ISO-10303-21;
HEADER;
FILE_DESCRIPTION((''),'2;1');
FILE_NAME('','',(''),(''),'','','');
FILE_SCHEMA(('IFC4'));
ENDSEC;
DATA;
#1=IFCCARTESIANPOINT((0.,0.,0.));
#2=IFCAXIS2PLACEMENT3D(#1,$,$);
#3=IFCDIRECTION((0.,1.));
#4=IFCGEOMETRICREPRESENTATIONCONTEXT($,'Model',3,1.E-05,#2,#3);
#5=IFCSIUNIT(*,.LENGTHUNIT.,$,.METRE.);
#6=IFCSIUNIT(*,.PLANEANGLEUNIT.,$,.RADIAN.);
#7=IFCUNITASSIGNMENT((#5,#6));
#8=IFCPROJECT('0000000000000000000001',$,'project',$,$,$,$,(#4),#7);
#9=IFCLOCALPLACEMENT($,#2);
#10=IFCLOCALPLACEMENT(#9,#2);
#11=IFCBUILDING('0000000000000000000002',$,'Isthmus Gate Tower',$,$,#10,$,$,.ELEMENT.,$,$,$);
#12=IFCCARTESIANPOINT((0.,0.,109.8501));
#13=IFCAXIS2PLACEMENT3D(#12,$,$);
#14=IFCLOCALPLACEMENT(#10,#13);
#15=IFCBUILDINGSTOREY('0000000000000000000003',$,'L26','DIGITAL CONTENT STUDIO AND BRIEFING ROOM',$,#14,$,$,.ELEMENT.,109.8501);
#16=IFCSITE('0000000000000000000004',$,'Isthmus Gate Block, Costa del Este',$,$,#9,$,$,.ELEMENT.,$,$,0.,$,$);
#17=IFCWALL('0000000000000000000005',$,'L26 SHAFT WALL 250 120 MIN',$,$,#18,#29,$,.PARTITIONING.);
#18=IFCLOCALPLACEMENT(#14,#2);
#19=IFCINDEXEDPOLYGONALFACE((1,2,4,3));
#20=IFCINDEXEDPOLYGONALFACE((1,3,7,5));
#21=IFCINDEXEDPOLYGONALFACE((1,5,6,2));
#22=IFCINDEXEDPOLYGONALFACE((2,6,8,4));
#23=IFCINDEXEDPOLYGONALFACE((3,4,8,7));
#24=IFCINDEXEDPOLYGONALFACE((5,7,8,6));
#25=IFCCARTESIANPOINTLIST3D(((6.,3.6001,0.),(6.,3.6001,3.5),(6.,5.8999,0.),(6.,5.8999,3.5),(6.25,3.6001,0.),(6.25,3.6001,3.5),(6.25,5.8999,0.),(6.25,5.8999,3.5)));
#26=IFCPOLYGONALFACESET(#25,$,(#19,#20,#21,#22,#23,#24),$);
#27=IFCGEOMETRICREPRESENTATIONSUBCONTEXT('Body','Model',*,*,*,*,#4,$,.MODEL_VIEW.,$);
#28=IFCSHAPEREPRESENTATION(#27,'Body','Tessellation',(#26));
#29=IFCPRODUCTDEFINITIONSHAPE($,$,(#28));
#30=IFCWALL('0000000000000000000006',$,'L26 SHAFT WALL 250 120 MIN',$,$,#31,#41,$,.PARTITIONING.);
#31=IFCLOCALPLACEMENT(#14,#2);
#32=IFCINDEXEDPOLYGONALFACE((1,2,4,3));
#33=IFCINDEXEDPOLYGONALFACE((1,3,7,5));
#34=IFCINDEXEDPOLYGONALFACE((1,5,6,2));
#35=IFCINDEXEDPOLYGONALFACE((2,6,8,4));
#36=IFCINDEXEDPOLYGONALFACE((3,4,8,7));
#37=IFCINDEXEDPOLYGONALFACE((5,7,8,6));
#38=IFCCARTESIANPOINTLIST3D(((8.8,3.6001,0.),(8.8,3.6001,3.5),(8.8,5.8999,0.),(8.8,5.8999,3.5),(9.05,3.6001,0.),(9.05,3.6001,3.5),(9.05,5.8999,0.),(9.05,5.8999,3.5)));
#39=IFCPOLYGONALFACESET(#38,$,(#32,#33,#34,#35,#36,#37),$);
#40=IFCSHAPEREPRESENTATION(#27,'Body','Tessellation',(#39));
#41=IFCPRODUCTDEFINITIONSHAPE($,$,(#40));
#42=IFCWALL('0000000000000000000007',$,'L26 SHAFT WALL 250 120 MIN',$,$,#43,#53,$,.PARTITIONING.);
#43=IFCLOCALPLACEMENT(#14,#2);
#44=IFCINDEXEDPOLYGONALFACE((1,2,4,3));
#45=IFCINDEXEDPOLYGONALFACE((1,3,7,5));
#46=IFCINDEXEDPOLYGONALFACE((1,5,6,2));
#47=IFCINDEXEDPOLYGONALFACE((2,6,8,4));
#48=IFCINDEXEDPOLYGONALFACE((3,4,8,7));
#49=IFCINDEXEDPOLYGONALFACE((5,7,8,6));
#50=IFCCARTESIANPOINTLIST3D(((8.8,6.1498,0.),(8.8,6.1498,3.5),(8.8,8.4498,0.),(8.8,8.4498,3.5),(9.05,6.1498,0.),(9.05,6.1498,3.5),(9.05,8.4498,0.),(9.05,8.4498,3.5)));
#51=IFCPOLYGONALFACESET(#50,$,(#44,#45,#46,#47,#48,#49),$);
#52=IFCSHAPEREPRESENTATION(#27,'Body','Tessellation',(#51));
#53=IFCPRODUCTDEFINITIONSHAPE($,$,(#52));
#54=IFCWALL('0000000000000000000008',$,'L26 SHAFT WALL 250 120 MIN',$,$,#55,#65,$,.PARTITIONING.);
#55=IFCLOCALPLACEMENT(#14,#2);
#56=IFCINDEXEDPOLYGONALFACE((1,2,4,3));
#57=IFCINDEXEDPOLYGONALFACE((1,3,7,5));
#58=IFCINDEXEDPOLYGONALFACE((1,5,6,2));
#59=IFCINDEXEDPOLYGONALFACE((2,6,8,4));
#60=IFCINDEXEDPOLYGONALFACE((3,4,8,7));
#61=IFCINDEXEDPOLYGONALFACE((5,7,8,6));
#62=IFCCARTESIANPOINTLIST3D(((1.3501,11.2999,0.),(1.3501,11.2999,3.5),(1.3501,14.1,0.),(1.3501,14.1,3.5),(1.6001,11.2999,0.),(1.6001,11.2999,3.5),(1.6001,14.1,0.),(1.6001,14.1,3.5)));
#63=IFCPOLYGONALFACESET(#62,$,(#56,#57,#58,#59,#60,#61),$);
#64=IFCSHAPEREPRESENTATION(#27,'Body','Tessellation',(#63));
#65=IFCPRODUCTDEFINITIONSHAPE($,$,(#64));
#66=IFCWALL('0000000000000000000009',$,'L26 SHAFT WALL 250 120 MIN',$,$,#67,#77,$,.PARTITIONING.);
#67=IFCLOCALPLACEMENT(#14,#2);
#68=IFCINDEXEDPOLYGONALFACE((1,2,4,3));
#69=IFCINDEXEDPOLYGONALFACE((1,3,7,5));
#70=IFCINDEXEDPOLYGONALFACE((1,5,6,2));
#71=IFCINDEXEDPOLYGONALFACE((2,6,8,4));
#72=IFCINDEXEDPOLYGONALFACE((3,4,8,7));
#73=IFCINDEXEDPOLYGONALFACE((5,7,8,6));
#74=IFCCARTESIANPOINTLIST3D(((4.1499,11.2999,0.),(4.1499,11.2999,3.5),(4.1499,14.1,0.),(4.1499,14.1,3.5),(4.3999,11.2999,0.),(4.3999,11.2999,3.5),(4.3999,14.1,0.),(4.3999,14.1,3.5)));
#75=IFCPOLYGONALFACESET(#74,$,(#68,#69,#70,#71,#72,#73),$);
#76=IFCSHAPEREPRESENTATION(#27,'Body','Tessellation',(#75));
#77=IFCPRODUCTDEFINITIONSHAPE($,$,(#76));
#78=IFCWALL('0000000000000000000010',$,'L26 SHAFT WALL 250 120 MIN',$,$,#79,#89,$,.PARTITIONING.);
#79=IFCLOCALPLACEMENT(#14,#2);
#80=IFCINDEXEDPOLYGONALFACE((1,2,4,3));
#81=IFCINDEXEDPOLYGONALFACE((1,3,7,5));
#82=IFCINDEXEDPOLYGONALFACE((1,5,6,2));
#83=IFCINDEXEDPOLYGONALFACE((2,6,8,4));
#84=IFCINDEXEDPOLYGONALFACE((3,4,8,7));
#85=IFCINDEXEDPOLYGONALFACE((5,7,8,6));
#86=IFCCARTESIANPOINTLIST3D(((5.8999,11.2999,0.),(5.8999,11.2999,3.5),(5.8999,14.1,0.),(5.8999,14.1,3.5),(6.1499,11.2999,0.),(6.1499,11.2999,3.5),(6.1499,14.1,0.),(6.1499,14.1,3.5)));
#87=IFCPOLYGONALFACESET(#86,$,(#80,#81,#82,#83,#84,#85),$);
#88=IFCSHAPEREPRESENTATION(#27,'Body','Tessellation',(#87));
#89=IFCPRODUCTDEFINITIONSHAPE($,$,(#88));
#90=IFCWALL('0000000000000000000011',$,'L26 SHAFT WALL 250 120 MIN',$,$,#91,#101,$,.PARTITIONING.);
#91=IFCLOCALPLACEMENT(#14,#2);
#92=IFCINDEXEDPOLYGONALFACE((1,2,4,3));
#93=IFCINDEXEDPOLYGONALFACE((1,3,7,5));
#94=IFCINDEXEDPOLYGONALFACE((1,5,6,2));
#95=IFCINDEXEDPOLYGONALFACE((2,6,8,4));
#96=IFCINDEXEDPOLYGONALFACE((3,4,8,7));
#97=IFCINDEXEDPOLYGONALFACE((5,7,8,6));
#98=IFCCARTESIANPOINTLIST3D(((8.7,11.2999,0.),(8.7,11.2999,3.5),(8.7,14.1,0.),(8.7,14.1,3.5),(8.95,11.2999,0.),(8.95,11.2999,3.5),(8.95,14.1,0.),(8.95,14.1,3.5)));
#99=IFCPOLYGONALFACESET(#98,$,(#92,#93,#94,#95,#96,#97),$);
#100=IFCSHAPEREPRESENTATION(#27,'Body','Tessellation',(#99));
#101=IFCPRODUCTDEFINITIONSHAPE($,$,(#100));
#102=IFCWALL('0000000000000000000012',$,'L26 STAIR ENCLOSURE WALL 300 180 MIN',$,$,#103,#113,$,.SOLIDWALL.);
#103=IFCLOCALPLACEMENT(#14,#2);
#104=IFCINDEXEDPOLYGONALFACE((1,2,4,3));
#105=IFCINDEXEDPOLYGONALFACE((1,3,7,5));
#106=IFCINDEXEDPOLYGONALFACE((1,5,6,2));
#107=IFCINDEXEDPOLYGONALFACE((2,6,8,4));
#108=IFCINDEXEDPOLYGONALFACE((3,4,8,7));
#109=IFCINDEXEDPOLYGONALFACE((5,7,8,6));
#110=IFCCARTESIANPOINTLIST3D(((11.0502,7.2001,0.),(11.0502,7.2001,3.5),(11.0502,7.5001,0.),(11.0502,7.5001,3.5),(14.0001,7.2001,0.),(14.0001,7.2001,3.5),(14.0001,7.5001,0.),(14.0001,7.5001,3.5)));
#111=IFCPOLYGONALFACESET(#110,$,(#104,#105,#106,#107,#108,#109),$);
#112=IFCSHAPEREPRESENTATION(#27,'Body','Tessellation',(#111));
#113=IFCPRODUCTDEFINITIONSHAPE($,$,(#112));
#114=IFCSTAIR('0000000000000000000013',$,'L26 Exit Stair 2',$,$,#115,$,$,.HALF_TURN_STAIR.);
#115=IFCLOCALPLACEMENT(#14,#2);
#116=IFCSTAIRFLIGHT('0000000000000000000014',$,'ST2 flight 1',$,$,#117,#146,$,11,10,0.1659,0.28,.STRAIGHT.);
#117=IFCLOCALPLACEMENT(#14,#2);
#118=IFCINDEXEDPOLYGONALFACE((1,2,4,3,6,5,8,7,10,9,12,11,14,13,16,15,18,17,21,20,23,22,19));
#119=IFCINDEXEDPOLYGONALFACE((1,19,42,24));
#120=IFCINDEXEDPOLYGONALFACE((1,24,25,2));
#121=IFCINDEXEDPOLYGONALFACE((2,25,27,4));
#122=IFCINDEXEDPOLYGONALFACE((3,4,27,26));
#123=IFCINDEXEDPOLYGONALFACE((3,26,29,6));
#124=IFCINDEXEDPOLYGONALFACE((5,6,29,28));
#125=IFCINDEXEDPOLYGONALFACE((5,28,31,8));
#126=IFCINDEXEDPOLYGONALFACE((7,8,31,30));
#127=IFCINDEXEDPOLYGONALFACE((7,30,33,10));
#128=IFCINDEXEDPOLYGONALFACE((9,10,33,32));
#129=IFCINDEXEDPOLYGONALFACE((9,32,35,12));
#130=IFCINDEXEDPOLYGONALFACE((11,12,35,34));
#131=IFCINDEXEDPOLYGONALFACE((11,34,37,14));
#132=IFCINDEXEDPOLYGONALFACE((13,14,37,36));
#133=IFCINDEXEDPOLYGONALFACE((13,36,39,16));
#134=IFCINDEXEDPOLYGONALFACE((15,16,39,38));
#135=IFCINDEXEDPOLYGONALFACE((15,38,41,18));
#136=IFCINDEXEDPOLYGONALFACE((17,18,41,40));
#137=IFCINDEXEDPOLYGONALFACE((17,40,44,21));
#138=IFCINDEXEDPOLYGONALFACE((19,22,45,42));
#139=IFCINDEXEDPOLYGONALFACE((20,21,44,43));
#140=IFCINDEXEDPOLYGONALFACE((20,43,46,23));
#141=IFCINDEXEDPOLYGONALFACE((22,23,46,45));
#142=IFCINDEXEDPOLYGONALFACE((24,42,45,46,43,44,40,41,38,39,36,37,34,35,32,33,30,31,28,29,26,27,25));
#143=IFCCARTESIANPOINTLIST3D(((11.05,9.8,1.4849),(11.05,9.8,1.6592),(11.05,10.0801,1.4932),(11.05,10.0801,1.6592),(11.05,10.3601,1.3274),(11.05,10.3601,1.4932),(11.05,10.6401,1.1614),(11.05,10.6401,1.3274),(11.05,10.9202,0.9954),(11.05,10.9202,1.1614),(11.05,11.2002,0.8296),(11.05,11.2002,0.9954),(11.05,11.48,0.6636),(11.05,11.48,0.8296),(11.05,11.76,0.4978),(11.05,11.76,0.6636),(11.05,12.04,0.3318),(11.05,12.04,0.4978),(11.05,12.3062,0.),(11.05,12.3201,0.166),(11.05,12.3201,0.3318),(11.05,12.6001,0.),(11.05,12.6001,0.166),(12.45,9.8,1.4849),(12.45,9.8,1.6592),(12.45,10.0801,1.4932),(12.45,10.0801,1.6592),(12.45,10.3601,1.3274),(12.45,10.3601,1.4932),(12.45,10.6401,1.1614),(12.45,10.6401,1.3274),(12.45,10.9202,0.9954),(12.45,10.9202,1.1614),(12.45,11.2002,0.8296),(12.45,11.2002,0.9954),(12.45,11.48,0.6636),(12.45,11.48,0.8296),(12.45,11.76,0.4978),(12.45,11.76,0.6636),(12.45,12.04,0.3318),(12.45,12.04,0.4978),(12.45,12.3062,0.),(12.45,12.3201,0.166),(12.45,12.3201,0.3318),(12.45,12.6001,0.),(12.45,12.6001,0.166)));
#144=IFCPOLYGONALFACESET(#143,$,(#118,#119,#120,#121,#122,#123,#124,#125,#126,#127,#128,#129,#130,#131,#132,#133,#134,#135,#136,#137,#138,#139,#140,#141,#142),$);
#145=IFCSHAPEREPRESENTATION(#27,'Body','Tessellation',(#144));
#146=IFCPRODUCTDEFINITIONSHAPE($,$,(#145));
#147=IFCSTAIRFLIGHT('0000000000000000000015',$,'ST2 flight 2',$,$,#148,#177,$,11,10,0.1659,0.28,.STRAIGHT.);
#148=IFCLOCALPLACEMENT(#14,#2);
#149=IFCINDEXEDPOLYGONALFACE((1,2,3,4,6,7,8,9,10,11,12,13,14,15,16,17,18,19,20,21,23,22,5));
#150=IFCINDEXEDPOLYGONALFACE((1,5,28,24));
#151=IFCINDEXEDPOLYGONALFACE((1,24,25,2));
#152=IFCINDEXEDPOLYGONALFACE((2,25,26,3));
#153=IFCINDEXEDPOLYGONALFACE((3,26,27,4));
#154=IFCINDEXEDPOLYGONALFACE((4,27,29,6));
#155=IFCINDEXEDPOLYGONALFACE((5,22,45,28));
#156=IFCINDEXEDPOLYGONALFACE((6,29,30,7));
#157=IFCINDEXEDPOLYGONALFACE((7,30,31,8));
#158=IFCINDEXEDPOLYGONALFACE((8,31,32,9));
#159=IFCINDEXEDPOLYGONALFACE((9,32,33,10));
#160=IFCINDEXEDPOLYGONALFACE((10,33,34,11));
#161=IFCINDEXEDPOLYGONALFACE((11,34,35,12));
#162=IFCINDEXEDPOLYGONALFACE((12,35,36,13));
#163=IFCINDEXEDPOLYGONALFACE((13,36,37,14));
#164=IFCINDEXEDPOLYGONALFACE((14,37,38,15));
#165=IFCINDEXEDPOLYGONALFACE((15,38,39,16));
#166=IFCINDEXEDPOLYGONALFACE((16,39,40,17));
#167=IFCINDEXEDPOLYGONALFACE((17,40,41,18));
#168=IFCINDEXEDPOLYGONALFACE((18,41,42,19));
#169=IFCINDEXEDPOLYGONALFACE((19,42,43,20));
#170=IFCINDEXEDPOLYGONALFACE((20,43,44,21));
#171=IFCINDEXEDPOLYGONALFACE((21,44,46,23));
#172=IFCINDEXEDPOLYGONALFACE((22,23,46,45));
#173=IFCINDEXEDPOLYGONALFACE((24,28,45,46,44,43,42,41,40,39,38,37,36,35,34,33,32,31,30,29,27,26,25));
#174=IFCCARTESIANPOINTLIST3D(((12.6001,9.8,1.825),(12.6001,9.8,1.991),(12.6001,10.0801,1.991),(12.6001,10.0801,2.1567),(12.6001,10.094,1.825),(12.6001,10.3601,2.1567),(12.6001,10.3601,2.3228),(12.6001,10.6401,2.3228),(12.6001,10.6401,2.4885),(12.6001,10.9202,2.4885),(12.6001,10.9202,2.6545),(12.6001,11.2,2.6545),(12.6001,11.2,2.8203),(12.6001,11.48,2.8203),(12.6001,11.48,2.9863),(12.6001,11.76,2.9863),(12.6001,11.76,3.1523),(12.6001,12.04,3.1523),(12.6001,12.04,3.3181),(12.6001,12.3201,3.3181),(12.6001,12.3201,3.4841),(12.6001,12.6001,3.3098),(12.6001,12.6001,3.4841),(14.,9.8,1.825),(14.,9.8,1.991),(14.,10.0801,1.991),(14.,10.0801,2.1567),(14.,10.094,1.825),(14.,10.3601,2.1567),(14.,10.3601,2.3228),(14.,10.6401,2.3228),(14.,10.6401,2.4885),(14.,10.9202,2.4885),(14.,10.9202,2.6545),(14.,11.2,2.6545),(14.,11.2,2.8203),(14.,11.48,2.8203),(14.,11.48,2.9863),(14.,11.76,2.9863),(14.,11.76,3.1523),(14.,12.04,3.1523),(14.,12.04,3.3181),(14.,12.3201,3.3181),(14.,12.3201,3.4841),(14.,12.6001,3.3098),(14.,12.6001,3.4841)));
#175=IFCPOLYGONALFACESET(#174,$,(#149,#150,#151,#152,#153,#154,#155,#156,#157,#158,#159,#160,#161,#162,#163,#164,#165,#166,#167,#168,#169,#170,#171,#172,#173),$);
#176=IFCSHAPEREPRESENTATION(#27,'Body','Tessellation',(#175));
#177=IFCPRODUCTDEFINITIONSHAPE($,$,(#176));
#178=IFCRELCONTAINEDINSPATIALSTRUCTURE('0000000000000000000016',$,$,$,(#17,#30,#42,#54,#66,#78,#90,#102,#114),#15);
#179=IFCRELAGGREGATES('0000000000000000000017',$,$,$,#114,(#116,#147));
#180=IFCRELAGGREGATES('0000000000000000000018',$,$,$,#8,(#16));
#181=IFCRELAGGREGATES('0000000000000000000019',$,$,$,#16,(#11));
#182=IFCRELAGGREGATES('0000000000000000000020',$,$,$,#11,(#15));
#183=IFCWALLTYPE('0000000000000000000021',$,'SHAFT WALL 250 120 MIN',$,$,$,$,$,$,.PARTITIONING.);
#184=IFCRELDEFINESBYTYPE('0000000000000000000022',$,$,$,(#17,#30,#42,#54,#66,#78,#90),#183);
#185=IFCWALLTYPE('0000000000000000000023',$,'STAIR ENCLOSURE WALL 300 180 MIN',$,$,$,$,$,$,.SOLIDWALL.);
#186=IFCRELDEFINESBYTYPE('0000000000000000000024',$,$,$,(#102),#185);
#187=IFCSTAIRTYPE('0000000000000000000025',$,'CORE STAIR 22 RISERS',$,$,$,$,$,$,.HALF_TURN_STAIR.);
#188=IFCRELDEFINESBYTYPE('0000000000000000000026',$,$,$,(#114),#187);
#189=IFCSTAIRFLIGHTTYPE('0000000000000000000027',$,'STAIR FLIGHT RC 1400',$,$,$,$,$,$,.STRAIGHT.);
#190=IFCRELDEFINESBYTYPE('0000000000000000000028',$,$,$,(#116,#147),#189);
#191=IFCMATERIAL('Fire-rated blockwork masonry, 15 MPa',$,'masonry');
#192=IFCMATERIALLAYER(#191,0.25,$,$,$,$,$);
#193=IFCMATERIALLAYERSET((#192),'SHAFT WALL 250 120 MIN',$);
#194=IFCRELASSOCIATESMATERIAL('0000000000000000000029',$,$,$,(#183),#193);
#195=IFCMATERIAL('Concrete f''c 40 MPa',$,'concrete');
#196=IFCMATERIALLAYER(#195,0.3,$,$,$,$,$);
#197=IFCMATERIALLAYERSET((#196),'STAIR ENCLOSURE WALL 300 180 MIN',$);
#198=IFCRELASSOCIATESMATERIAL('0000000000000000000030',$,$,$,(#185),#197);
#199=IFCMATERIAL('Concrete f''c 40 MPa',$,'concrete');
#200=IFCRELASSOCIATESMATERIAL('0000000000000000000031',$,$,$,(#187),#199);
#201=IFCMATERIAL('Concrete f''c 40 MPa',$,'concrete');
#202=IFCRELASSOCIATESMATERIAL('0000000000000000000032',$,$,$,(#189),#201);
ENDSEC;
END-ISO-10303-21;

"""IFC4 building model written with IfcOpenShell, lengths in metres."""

from ifc_helpers import new_model, si_unit, direction, frame, frame_2d, origin, place, context, subcontext, project, spatial, polyline, rectangle, outline, extrude, material, layer, layer_set, type_object, element, aggregate, save


model = new_model("IFC4")

# Units and contexts
model_context = context("Model", 3, precision=1e-05, world=origin(), true_north=direction((0.0, 1.0)))
body_context = subcontext(model_context, "Body", "Model", "MODEL_VIEW")
ifc_project = project(units=[si_unit("LENGTHUNIT", "METRE"), si_unit("PLANEANGLEUNIT", "RADIAN")], contexts=[model_context])

# Site, building, storey
site_placement = place(None, origin())
site = spatial("IfcSite", under=ifc_project, at=site_placement, Name="Isthmus Gate Block, Costa del Este", CompositionType="ELEMENT", RefElevation=0.0)
building_placement = place(site_placement, origin())
building = spatial("IfcBuilding", under=site, at=building_placement, Name="Isthmus Gate Tower", CompositionType="ELEMENT")
storey_placement = place(building_placement, frame((0.0, 0.0, 109.8501)))
storey = spatial("IfcBuildingStorey", under=building, at=storey_placement, Name="L26", Description="DIGITAL CONTENT STUDIO AND BRIEFING ROOM", CompositionType="ELEMENT", Elevation=109.8501)

# Walls
ifc_material_1 = material(Name="Fire-rated blockwork masonry, 15 MPa", Category="masonry")
ifc_layer_1 = layer(ifc_material_1, 0.25)
ifc_layer_set_1 = layer_set([ifc_layer_1], Name="SHAFT WALL 250 120 MIN")
wall_type_1 = type_object("IfcWallType", Name="SHAFT WALL 250 120 MIN", PredefinedType="PARTITIONING", material=ifc_layer_set_1)
for number, where, z_axis, x_axis, name in (
    (1, (6.125, 3.6001, 0.0), (0.0, 0.0, 1.0), (0.0, 1.0, 0.0), "L26 SHAFT WALL 250 120 MIN"),
    (2, (8.925, 3.6001, 0.0), (0.0, 0.0, 1.0), (0.0, 1.0, 0.0), "L26 SHAFT WALL 250 120 MIN"),
):
    element("IfcWall", number, at=place(storey_placement, frame(where, z_axis=z_axis, x_axis=x_axis)), inside=storey, type_object=wall_type_1, Name=name, PredefinedType="PARTITIONING", context=body_context, shape_type="SweptSolid", body=[
        extrude(rectangle(XDim=2.2998, YDim=0.25, at=frame_2d((1.1499, 0.0))), origin(), (0.0, 0.0, 1.0), 3.5),
    ])
wall_1_placement = place(storey_placement, frame((8.925, 6.1499, 0.0), z_axis=(0.0, 0.0, 1.0), x_axis=(0.0, 1.0, 0.0)))
element("IfcWall", 3, at=wall_1_placement, inside=storey, type_object=wall_type_1, Name="L26 SHAFT WALL 250 120 MIN", PredefinedType="PARTITIONING", context=body_context, shape_type="SweptSolid", body=[
    extrude(rectangle(XDim=2.3, YDim=0.25, at=frame_2d((1.1499, 0.0))), origin(), (0.0, 0.0, 1.0), 3.5),
])
for number, where, z_axis, x_axis, name in (
    (4, (1.4751, 11.3, 0.0), (0.0, 0.0, 1.0), (0.0, 1.0, 0.0), "L26 SHAFT WALL 250 120 MIN"),
    (5, (4.2749, 11.3, 0.0), (0.0, 0.0, 1.0), (0.0, 1.0, 0.0), "L26 SHAFT WALL 250 120 MIN"),
    (6, (6.0249, 11.3, 0.0), (0.0, 0.0, 1.0), (0.0, 1.0, 0.0), "L26 SHAFT WALL 250 120 MIN"),
    (7, (8.825, 11.3, 0.0), (0.0, 0.0, 1.0), (0.0, 1.0, 0.0), "L26 SHAFT WALL 250 120 MIN"),
):
    element("IfcWall", number, at=place(storey_placement, frame(where, z_axis=z_axis, x_axis=x_axis)), inside=storey, type_object=wall_type_1, Name=name, PredefinedType="PARTITIONING", context=body_context, shape_type="SweptSolid", body=[
        extrude(rectangle(XDim=2.8, YDim=0.25, at=frame_2d((1.3999, 0.0))), origin(), (0.0, 0.0, 1.0), 3.5),
    ])
ifc_material_2 = material(Name="Concrete f'c 40 MPa", Category="concrete")
ifc_layer_2 = layer(ifc_material_2, 0.3)
ifc_layer_set_2 = layer_set([ifc_layer_2], Name="STAIR ENCLOSURE WALL 300 180 MIN")
wall_type_2 = type_object("IfcWallType", Name="STAIR ENCLOSURE WALL 300 180 MIN", PredefinedType="SOLIDWALL", material=ifc_layer_set_2)
wall_2_placement = place(storey_placement, frame((11.05, 7.3501, 0.0), z_axis=(0.0, 0.0, 1.0), x_axis=(1.0, 0.0, 0.0)))
element("IfcWall", 8, at=wall_2_placement, inside=storey, type_object=wall_type_2, Name="L26 STAIR ENCLOSURE WALL 300 180 MIN", PredefinedType="SOLIDWALL", context=body_context, shape_type="SweptSolid", body=[
    extrude(rectangle(XDim=2.95, YDim=0.3, at=frame_2d((1.4751, 0.0))), origin(), (0.0, 0.0, 1.0), 3.5),
])

# Stair, stair flights
ifc_material_3 = material(Name="Concrete f'c 40 MPa", Category="concrete")
stair_type = type_object("IfcStairType", Name="CORE STAIR 22 RISERS", PredefinedType="HALF_TURN_STAIR", material=ifc_material_3)
stair_1_placement = place(storey_placement, origin())
stair_1 = element("IfcStair", 9, at=stair_1_placement, inside=storey, type_object=stair_type, Name="L26 Exit Stair 2", PredefinedType="HALF_TURN_STAIR")
ifc_material_4 = material(Name="Concrete f'c 40 MPa", Category="concrete")
stair_flight_type = type_object("IfcStairFlightType", Name="STAIR FLIGHT RC 1400", PredefinedType="STRAIGHT", material=ifc_material_4)
stair_flight_1_placement = place(storey_placement, frame((11.75, 12.6001, 0.0), z_axis=(0.0, 0.0, 1.0), x_axis=(0.0, -1.0, 0.0)))
stair_flight_1 = element("IfcStairFlight", 10, at=stair_flight_1_placement, type_object=stair_flight_type, Name="ST2 flight 1", NumberOfRisers=11, NumberOfTreads=10, PredefinedType="STRAIGHT", RiserHeight=0.1659, TreadLength=0.28, context=body_context, shape_type="SweptSolid", body=[
    extrude(outline(polyline([(0.0, 0.0), (0.0, 0.166), (0.28, 0.166), (0.28, 0.3318), (0.5601, 0.3318), (0.5601, 0.4978), (0.8401, 0.4978), (0.8401, 0.6636), (1.1201, 0.6636), (1.1201, 0.8296), (1.3999, 0.8296), (1.3999, 0.9954), (1.6799, 0.9954), (1.6799, 1.1614), (1.96, 1.1614), (1.96, 1.3274), (2.24, 1.3274), (2.24, 1.4932), (2.52, 1.4932), (2.52, 1.6592), (2.8, 1.6592), (2.8, 1.825), (2.8, 1.4849), (0.2939, 0.0), (0.0, 0.0)])), frame((0.0, 0.7, 0.0), z_axis=(0.0, -1.0, 0.0), x_axis=(1.0, 0.0, 0.0)), (0.0, 0.0, 1.0), 1.3999),
])
stair_flight_2_placement = place(storey_placement, frame((13.3, 9.8, 1.825), z_axis=(0.0, 0.0, 1.0), x_axis=(0.0, 1.0, 0.0)))
stair_flight_2 = element("IfcStairFlight", 11, at=stair_flight_2_placement, type_object=stair_flight_type, Name="ST2 flight 2", NumberOfRisers=11, NumberOfTreads=10, PredefinedType="STRAIGHT", RiserHeight=0.1659, TreadLength=0.28, context=body_context, shape_type="SweptSolid", body=[
    extrude(outline(polyline([(0.0, 0.0), (0.0, 0.166), (0.28, 0.166), (0.28, 0.3318), (0.5601, 0.3318), (0.5601, 0.4978), (0.8401, 0.4978), (0.8401, 0.6636), (1.1201, 0.6636), (1.1201, 0.8296), (1.3999, 0.8296), (1.3999, 0.9954), (1.6799, 0.9954), (1.6799, 1.1614), (1.96, 1.1614), (1.96, 1.3274), (2.24, 1.3274), (2.24, 1.4932), (2.52, 1.4932), (2.52, 1.6592), (2.8, 1.6592), (2.8, 1.825), (2.8, 1.4849), (0.2939, 0.0), (0.0, 0.0)])), frame((0.0, 0.7, 0.0), z_axis=(0.0, -1.0, 0.0), x_axis=(1.0, 0.0, 0.0)), (0.0, 0.0, 1.0), 1.3999),
])
aggregate(stair_1, [stair_flight_1, stair_flight_2])

save(model, "model.ifc")
